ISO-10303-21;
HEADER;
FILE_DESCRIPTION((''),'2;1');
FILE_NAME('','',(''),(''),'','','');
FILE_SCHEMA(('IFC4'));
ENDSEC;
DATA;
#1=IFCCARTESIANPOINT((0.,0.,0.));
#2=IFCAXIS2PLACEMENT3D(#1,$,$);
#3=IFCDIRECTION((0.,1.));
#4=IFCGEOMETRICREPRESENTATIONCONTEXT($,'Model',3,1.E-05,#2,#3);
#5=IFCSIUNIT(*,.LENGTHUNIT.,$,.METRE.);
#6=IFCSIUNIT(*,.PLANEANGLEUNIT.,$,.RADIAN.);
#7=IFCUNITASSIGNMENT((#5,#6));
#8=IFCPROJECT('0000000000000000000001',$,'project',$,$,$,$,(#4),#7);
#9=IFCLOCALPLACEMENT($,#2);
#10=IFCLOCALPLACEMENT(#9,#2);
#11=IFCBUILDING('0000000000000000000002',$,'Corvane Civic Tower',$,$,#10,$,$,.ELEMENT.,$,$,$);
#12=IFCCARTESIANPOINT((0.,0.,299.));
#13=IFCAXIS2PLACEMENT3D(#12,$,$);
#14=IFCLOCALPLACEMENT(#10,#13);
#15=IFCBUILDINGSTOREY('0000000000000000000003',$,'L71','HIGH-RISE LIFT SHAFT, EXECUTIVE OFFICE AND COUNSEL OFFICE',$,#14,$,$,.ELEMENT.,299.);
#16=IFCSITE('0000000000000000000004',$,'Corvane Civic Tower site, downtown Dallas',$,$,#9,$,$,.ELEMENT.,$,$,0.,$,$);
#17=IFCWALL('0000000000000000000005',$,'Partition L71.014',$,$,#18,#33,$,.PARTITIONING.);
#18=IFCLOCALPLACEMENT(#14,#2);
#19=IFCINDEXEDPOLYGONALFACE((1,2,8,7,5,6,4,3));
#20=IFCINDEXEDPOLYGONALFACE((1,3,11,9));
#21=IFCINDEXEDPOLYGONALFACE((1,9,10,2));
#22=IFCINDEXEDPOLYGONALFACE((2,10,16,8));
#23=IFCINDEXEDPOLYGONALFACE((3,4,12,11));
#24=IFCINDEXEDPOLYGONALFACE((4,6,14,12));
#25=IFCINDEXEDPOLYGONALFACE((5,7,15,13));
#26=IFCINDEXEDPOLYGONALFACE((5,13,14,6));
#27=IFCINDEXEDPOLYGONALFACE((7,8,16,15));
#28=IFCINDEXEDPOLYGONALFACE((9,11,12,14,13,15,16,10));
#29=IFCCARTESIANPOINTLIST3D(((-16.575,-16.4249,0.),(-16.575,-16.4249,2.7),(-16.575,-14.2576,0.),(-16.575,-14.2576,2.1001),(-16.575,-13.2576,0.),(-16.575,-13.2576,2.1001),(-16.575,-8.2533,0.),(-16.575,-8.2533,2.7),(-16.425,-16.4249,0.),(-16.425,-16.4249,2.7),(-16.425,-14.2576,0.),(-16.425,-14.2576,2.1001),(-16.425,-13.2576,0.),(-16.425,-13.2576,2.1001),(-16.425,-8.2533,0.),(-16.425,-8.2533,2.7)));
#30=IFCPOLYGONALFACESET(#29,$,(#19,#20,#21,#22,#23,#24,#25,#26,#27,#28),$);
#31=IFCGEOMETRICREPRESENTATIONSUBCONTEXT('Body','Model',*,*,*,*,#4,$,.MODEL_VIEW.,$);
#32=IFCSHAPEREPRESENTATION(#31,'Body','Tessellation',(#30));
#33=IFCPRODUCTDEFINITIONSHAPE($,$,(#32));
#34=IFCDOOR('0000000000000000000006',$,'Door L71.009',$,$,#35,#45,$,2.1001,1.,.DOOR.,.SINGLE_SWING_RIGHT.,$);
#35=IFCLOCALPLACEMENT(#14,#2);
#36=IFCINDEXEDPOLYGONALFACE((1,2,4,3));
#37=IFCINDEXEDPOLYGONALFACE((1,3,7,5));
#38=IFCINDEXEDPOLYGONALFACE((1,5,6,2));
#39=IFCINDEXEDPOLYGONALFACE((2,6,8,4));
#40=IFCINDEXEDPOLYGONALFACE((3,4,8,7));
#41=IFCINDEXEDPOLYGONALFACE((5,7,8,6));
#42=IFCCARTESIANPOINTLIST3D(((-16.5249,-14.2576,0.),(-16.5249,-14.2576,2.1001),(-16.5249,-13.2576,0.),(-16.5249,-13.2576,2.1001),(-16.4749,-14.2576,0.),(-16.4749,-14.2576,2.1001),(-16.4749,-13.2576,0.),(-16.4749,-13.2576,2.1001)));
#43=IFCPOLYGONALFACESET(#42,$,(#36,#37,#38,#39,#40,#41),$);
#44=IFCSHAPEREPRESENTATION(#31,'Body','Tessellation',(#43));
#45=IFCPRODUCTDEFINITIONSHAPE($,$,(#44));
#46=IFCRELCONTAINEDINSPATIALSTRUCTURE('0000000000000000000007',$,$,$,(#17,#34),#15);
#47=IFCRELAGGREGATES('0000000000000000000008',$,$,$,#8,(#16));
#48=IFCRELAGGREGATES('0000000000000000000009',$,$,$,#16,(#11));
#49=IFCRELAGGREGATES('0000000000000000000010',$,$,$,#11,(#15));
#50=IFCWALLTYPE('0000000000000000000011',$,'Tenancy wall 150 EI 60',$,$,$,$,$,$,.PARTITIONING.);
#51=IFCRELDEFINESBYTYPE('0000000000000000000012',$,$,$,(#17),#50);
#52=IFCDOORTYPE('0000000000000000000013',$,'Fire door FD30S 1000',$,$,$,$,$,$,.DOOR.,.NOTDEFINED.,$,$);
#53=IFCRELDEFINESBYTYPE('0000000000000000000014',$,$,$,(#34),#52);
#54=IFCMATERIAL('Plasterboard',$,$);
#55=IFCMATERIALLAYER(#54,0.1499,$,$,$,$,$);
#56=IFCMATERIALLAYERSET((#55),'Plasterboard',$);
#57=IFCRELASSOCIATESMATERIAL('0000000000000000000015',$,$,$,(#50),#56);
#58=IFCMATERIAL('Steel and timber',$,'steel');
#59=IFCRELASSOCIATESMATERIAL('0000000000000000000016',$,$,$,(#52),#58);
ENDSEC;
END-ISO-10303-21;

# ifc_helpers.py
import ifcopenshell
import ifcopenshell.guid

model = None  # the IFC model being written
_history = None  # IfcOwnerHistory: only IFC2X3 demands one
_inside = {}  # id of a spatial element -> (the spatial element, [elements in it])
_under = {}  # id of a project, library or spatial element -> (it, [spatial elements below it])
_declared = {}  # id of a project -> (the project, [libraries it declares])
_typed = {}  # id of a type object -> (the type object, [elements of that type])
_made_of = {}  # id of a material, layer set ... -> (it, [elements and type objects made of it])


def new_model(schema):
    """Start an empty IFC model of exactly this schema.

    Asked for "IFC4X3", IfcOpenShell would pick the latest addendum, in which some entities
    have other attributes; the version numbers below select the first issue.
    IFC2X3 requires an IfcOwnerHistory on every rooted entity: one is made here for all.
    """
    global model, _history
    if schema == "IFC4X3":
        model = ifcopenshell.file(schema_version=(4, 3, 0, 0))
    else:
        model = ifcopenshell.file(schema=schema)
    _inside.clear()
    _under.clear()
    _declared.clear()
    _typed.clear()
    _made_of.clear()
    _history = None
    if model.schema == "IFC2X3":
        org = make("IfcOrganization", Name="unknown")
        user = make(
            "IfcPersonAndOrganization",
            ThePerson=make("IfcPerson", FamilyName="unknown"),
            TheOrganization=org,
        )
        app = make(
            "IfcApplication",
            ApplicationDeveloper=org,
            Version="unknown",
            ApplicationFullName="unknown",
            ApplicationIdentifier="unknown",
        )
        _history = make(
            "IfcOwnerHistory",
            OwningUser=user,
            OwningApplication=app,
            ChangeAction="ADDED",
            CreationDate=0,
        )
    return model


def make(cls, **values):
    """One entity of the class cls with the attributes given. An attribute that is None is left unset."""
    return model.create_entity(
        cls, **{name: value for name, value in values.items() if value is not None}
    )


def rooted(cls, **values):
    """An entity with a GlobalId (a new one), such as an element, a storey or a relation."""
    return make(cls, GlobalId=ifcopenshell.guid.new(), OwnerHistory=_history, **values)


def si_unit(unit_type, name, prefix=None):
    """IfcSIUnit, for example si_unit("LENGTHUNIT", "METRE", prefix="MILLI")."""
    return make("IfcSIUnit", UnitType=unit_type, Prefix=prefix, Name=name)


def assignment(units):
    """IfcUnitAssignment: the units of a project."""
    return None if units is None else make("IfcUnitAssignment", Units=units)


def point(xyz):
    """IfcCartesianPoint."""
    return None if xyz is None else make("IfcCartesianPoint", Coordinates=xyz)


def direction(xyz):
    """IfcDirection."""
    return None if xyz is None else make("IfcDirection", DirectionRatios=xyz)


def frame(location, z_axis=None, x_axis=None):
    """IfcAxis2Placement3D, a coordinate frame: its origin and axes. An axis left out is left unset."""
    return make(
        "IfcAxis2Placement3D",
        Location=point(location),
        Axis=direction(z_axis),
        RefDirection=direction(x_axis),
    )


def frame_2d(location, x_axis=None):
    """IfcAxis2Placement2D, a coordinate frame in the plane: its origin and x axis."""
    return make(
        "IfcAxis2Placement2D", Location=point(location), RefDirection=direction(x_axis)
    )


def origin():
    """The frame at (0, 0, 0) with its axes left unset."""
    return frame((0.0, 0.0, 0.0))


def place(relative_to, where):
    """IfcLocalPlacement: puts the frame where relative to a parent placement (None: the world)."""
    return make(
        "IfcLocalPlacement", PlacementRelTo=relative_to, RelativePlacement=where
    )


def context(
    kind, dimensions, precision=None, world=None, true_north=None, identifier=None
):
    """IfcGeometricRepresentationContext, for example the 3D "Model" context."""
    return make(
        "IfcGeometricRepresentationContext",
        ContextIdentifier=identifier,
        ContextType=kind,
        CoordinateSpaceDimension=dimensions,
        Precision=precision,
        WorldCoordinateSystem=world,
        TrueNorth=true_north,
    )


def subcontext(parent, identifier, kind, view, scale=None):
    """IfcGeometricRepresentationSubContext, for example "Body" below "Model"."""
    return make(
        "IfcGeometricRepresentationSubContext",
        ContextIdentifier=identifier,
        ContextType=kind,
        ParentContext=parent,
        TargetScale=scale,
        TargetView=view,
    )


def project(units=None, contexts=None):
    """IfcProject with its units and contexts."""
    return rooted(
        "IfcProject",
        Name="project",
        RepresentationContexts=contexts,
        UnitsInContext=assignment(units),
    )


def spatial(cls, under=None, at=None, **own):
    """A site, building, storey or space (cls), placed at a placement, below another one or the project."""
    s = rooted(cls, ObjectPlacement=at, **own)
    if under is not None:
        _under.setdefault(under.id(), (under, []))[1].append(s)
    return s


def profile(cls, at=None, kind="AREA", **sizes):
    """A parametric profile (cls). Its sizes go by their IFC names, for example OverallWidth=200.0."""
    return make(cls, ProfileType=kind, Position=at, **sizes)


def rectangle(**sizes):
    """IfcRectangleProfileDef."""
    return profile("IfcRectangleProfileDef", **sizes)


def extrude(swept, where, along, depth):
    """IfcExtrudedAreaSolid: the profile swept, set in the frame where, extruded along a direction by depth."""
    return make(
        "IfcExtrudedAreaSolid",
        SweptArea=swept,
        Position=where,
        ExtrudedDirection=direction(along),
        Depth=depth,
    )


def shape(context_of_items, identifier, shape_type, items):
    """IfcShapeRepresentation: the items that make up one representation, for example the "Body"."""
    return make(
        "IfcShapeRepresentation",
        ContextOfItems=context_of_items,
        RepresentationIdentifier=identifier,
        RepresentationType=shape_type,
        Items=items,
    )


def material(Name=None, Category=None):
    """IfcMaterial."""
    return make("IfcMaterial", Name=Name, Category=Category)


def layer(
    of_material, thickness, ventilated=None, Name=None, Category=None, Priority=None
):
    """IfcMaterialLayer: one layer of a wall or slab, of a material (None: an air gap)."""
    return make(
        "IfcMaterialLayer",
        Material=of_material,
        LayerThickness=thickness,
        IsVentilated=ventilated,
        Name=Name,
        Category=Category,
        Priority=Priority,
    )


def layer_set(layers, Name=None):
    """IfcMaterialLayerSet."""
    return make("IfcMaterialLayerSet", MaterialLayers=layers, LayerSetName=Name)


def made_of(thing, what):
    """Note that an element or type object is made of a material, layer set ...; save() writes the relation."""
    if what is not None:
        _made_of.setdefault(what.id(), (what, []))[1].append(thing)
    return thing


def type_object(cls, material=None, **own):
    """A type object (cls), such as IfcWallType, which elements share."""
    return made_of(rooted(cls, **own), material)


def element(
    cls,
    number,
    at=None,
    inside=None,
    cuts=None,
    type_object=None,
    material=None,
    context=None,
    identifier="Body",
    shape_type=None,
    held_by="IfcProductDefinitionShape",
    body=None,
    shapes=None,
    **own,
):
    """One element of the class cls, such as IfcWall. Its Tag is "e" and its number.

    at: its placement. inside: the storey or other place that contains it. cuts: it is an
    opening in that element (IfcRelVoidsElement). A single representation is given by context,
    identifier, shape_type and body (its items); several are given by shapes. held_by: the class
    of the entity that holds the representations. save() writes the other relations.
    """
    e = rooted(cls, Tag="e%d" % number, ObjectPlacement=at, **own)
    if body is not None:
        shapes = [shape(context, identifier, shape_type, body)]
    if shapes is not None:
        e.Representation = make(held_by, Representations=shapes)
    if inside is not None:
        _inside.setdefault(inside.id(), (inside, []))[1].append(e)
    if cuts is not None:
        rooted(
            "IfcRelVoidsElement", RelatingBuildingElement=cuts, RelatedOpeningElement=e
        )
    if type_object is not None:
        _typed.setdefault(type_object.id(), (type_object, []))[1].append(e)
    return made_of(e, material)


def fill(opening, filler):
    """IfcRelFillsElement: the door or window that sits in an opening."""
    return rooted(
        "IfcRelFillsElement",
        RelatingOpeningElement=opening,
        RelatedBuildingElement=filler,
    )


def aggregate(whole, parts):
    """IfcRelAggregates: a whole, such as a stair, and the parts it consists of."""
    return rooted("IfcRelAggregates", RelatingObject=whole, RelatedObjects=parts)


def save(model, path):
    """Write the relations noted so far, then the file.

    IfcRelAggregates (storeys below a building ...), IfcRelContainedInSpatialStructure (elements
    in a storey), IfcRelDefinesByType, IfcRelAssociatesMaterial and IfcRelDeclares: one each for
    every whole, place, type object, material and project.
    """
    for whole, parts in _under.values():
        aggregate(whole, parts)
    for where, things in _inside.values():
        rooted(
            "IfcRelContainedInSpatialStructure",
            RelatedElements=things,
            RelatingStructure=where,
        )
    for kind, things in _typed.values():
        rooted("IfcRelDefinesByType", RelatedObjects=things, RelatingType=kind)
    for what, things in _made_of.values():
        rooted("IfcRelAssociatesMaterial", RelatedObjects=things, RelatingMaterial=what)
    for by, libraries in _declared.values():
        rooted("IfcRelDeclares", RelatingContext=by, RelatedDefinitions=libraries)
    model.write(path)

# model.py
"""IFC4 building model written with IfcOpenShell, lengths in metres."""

from ifc_helpers import new_model, si_unit, direction, frame, frame_2d, origin, place, context, subcontext, project, spatial, rectangle, extrude, material, layer, layer_set, type_object, element, fill, save


model = new_model("IFC4")

# Units and contexts
model_context = context("Model", 3, precision=1e-05, world=origin(), true_north=direction((0.0, 1.0)))
body_context = subcontext(model_context, "Body", "Model", "MODEL_VIEW")
ifc_project = project(units=[si_unit("LENGTHUNIT", "METRE"), si_unit("PLANEANGLEUNIT", "RADIAN")], contexts=[model_context])

# Site, building, storey
site_placement = place(None, origin())
site = spatial("IfcSite", under=ifc_project, at=site_placement, Name="Corvane Civic Tower site, downtown Dallas", CompositionType="ELEMENT", RefElevation=0.0)
building_placement = place(site_placement, origin())
building = spatial("IfcBuilding", under=site, at=building_placement, Name="Corvane Civic Tower", CompositionType="ELEMENT")
storey_placement = place(building_placement, frame((0.0, 0.0, 299.0)))
storey = spatial("IfcBuildingStorey", under=building, at=storey_placement, Name="L71", Description="HIGH-RISE LIFT SHAFT, EXECUTIVE OFFICE AND COUNSEL OFFICE", CompositionType="ELEMENT", Elevation=299.0)

# Shared definitions
ifc_material_1 = material(Name="Plasterboard")
ifc_layer_1 = layer(ifc_material_1, 0.1499)
ifc_layer_set_1 = layer_set([ifc_layer_1], Name="Plasterboard")
wall_type_1 = type_object("IfcWallType", Name="Tenancy wall 150 EI 60", PredefinedType="PARTITIONING", material=ifc_layer_set_1)

# Wall, opening, door
wall_1_placement = place(storey_placement, frame((-16.5, -16.425, 0.0), z_axis=(0.0, 0.0, 1.0), x_axis=(0.0, 1.0, 0.0)))
wall_1 = element("IfcWall", 1, at=wall_1_placement, inside=storey, type_object=wall_type_1, Name="Partition L71.014", PredefinedType="PARTITIONING", context=body_context, shape_type="SweptSolid", body=[
    extrude(rectangle(XDim=8.1716, YDim=0.1499, at=frame_2d((4.0859, 0.0))), origin(), (0.0, 0.0, 1.0), 2.7),
])
opening_1_placement = place(wall_1_placement, frame((2.1675, 0.0, 0.0)))
opening_1 = element("IfcOpeningElement", 2, at=opening_1_placement, cuts=wall_1, PredefinedType="OPENING", context=body_context, shape_type="SweptSolid", body=[
    extrude(rectangle(XDim=1.0, YDim=2.1001, at=frame_2d((0.5, 1.05))), frame((0.0, 0.085, 0.0), z_axis=(0.0, -1.0, 0.0), x_axis=(1.0, 0.0, 0.0)), (0.0, 0.0, 1.0), 0.1699),
])
ifc_material_2 = material(Name="Steel and timber", Category="steel")
door_type_1 = type_object("IfcDoorType", Name="Fire door FD30S 1000", OperationType="NOTDEFINED", PredefinedType="DOOR", material=ifc_material_2)
door_1_placement = place(opening_1_placement, origin())
door_1 = element("IfcDoor", 3, at=door_1_placement, inside=storey, type_object=door_type_1, Name="Door L71.009", OperationType="SINGLE_SWING_RIGHT", OverallHeight=2.1001, OverallWidth=1.0, PredefinedType="DOOR", context=body_context, shape_type="SweptSolid", body=[
    extrude(rectangle(XDim=1.0, YDim=2.1001, at=frame_2d((0.5, 1.05))), frame((0.0, 0.0249, 0.0), z_axis=(0.0, -1.0, 0.0), x_axis=(1.0, 0.0, 0.0)), (0.0, 0.0, 1.0), 0.05),
])
fill(opening_1, door_1)

save(model, "model.ifc")
